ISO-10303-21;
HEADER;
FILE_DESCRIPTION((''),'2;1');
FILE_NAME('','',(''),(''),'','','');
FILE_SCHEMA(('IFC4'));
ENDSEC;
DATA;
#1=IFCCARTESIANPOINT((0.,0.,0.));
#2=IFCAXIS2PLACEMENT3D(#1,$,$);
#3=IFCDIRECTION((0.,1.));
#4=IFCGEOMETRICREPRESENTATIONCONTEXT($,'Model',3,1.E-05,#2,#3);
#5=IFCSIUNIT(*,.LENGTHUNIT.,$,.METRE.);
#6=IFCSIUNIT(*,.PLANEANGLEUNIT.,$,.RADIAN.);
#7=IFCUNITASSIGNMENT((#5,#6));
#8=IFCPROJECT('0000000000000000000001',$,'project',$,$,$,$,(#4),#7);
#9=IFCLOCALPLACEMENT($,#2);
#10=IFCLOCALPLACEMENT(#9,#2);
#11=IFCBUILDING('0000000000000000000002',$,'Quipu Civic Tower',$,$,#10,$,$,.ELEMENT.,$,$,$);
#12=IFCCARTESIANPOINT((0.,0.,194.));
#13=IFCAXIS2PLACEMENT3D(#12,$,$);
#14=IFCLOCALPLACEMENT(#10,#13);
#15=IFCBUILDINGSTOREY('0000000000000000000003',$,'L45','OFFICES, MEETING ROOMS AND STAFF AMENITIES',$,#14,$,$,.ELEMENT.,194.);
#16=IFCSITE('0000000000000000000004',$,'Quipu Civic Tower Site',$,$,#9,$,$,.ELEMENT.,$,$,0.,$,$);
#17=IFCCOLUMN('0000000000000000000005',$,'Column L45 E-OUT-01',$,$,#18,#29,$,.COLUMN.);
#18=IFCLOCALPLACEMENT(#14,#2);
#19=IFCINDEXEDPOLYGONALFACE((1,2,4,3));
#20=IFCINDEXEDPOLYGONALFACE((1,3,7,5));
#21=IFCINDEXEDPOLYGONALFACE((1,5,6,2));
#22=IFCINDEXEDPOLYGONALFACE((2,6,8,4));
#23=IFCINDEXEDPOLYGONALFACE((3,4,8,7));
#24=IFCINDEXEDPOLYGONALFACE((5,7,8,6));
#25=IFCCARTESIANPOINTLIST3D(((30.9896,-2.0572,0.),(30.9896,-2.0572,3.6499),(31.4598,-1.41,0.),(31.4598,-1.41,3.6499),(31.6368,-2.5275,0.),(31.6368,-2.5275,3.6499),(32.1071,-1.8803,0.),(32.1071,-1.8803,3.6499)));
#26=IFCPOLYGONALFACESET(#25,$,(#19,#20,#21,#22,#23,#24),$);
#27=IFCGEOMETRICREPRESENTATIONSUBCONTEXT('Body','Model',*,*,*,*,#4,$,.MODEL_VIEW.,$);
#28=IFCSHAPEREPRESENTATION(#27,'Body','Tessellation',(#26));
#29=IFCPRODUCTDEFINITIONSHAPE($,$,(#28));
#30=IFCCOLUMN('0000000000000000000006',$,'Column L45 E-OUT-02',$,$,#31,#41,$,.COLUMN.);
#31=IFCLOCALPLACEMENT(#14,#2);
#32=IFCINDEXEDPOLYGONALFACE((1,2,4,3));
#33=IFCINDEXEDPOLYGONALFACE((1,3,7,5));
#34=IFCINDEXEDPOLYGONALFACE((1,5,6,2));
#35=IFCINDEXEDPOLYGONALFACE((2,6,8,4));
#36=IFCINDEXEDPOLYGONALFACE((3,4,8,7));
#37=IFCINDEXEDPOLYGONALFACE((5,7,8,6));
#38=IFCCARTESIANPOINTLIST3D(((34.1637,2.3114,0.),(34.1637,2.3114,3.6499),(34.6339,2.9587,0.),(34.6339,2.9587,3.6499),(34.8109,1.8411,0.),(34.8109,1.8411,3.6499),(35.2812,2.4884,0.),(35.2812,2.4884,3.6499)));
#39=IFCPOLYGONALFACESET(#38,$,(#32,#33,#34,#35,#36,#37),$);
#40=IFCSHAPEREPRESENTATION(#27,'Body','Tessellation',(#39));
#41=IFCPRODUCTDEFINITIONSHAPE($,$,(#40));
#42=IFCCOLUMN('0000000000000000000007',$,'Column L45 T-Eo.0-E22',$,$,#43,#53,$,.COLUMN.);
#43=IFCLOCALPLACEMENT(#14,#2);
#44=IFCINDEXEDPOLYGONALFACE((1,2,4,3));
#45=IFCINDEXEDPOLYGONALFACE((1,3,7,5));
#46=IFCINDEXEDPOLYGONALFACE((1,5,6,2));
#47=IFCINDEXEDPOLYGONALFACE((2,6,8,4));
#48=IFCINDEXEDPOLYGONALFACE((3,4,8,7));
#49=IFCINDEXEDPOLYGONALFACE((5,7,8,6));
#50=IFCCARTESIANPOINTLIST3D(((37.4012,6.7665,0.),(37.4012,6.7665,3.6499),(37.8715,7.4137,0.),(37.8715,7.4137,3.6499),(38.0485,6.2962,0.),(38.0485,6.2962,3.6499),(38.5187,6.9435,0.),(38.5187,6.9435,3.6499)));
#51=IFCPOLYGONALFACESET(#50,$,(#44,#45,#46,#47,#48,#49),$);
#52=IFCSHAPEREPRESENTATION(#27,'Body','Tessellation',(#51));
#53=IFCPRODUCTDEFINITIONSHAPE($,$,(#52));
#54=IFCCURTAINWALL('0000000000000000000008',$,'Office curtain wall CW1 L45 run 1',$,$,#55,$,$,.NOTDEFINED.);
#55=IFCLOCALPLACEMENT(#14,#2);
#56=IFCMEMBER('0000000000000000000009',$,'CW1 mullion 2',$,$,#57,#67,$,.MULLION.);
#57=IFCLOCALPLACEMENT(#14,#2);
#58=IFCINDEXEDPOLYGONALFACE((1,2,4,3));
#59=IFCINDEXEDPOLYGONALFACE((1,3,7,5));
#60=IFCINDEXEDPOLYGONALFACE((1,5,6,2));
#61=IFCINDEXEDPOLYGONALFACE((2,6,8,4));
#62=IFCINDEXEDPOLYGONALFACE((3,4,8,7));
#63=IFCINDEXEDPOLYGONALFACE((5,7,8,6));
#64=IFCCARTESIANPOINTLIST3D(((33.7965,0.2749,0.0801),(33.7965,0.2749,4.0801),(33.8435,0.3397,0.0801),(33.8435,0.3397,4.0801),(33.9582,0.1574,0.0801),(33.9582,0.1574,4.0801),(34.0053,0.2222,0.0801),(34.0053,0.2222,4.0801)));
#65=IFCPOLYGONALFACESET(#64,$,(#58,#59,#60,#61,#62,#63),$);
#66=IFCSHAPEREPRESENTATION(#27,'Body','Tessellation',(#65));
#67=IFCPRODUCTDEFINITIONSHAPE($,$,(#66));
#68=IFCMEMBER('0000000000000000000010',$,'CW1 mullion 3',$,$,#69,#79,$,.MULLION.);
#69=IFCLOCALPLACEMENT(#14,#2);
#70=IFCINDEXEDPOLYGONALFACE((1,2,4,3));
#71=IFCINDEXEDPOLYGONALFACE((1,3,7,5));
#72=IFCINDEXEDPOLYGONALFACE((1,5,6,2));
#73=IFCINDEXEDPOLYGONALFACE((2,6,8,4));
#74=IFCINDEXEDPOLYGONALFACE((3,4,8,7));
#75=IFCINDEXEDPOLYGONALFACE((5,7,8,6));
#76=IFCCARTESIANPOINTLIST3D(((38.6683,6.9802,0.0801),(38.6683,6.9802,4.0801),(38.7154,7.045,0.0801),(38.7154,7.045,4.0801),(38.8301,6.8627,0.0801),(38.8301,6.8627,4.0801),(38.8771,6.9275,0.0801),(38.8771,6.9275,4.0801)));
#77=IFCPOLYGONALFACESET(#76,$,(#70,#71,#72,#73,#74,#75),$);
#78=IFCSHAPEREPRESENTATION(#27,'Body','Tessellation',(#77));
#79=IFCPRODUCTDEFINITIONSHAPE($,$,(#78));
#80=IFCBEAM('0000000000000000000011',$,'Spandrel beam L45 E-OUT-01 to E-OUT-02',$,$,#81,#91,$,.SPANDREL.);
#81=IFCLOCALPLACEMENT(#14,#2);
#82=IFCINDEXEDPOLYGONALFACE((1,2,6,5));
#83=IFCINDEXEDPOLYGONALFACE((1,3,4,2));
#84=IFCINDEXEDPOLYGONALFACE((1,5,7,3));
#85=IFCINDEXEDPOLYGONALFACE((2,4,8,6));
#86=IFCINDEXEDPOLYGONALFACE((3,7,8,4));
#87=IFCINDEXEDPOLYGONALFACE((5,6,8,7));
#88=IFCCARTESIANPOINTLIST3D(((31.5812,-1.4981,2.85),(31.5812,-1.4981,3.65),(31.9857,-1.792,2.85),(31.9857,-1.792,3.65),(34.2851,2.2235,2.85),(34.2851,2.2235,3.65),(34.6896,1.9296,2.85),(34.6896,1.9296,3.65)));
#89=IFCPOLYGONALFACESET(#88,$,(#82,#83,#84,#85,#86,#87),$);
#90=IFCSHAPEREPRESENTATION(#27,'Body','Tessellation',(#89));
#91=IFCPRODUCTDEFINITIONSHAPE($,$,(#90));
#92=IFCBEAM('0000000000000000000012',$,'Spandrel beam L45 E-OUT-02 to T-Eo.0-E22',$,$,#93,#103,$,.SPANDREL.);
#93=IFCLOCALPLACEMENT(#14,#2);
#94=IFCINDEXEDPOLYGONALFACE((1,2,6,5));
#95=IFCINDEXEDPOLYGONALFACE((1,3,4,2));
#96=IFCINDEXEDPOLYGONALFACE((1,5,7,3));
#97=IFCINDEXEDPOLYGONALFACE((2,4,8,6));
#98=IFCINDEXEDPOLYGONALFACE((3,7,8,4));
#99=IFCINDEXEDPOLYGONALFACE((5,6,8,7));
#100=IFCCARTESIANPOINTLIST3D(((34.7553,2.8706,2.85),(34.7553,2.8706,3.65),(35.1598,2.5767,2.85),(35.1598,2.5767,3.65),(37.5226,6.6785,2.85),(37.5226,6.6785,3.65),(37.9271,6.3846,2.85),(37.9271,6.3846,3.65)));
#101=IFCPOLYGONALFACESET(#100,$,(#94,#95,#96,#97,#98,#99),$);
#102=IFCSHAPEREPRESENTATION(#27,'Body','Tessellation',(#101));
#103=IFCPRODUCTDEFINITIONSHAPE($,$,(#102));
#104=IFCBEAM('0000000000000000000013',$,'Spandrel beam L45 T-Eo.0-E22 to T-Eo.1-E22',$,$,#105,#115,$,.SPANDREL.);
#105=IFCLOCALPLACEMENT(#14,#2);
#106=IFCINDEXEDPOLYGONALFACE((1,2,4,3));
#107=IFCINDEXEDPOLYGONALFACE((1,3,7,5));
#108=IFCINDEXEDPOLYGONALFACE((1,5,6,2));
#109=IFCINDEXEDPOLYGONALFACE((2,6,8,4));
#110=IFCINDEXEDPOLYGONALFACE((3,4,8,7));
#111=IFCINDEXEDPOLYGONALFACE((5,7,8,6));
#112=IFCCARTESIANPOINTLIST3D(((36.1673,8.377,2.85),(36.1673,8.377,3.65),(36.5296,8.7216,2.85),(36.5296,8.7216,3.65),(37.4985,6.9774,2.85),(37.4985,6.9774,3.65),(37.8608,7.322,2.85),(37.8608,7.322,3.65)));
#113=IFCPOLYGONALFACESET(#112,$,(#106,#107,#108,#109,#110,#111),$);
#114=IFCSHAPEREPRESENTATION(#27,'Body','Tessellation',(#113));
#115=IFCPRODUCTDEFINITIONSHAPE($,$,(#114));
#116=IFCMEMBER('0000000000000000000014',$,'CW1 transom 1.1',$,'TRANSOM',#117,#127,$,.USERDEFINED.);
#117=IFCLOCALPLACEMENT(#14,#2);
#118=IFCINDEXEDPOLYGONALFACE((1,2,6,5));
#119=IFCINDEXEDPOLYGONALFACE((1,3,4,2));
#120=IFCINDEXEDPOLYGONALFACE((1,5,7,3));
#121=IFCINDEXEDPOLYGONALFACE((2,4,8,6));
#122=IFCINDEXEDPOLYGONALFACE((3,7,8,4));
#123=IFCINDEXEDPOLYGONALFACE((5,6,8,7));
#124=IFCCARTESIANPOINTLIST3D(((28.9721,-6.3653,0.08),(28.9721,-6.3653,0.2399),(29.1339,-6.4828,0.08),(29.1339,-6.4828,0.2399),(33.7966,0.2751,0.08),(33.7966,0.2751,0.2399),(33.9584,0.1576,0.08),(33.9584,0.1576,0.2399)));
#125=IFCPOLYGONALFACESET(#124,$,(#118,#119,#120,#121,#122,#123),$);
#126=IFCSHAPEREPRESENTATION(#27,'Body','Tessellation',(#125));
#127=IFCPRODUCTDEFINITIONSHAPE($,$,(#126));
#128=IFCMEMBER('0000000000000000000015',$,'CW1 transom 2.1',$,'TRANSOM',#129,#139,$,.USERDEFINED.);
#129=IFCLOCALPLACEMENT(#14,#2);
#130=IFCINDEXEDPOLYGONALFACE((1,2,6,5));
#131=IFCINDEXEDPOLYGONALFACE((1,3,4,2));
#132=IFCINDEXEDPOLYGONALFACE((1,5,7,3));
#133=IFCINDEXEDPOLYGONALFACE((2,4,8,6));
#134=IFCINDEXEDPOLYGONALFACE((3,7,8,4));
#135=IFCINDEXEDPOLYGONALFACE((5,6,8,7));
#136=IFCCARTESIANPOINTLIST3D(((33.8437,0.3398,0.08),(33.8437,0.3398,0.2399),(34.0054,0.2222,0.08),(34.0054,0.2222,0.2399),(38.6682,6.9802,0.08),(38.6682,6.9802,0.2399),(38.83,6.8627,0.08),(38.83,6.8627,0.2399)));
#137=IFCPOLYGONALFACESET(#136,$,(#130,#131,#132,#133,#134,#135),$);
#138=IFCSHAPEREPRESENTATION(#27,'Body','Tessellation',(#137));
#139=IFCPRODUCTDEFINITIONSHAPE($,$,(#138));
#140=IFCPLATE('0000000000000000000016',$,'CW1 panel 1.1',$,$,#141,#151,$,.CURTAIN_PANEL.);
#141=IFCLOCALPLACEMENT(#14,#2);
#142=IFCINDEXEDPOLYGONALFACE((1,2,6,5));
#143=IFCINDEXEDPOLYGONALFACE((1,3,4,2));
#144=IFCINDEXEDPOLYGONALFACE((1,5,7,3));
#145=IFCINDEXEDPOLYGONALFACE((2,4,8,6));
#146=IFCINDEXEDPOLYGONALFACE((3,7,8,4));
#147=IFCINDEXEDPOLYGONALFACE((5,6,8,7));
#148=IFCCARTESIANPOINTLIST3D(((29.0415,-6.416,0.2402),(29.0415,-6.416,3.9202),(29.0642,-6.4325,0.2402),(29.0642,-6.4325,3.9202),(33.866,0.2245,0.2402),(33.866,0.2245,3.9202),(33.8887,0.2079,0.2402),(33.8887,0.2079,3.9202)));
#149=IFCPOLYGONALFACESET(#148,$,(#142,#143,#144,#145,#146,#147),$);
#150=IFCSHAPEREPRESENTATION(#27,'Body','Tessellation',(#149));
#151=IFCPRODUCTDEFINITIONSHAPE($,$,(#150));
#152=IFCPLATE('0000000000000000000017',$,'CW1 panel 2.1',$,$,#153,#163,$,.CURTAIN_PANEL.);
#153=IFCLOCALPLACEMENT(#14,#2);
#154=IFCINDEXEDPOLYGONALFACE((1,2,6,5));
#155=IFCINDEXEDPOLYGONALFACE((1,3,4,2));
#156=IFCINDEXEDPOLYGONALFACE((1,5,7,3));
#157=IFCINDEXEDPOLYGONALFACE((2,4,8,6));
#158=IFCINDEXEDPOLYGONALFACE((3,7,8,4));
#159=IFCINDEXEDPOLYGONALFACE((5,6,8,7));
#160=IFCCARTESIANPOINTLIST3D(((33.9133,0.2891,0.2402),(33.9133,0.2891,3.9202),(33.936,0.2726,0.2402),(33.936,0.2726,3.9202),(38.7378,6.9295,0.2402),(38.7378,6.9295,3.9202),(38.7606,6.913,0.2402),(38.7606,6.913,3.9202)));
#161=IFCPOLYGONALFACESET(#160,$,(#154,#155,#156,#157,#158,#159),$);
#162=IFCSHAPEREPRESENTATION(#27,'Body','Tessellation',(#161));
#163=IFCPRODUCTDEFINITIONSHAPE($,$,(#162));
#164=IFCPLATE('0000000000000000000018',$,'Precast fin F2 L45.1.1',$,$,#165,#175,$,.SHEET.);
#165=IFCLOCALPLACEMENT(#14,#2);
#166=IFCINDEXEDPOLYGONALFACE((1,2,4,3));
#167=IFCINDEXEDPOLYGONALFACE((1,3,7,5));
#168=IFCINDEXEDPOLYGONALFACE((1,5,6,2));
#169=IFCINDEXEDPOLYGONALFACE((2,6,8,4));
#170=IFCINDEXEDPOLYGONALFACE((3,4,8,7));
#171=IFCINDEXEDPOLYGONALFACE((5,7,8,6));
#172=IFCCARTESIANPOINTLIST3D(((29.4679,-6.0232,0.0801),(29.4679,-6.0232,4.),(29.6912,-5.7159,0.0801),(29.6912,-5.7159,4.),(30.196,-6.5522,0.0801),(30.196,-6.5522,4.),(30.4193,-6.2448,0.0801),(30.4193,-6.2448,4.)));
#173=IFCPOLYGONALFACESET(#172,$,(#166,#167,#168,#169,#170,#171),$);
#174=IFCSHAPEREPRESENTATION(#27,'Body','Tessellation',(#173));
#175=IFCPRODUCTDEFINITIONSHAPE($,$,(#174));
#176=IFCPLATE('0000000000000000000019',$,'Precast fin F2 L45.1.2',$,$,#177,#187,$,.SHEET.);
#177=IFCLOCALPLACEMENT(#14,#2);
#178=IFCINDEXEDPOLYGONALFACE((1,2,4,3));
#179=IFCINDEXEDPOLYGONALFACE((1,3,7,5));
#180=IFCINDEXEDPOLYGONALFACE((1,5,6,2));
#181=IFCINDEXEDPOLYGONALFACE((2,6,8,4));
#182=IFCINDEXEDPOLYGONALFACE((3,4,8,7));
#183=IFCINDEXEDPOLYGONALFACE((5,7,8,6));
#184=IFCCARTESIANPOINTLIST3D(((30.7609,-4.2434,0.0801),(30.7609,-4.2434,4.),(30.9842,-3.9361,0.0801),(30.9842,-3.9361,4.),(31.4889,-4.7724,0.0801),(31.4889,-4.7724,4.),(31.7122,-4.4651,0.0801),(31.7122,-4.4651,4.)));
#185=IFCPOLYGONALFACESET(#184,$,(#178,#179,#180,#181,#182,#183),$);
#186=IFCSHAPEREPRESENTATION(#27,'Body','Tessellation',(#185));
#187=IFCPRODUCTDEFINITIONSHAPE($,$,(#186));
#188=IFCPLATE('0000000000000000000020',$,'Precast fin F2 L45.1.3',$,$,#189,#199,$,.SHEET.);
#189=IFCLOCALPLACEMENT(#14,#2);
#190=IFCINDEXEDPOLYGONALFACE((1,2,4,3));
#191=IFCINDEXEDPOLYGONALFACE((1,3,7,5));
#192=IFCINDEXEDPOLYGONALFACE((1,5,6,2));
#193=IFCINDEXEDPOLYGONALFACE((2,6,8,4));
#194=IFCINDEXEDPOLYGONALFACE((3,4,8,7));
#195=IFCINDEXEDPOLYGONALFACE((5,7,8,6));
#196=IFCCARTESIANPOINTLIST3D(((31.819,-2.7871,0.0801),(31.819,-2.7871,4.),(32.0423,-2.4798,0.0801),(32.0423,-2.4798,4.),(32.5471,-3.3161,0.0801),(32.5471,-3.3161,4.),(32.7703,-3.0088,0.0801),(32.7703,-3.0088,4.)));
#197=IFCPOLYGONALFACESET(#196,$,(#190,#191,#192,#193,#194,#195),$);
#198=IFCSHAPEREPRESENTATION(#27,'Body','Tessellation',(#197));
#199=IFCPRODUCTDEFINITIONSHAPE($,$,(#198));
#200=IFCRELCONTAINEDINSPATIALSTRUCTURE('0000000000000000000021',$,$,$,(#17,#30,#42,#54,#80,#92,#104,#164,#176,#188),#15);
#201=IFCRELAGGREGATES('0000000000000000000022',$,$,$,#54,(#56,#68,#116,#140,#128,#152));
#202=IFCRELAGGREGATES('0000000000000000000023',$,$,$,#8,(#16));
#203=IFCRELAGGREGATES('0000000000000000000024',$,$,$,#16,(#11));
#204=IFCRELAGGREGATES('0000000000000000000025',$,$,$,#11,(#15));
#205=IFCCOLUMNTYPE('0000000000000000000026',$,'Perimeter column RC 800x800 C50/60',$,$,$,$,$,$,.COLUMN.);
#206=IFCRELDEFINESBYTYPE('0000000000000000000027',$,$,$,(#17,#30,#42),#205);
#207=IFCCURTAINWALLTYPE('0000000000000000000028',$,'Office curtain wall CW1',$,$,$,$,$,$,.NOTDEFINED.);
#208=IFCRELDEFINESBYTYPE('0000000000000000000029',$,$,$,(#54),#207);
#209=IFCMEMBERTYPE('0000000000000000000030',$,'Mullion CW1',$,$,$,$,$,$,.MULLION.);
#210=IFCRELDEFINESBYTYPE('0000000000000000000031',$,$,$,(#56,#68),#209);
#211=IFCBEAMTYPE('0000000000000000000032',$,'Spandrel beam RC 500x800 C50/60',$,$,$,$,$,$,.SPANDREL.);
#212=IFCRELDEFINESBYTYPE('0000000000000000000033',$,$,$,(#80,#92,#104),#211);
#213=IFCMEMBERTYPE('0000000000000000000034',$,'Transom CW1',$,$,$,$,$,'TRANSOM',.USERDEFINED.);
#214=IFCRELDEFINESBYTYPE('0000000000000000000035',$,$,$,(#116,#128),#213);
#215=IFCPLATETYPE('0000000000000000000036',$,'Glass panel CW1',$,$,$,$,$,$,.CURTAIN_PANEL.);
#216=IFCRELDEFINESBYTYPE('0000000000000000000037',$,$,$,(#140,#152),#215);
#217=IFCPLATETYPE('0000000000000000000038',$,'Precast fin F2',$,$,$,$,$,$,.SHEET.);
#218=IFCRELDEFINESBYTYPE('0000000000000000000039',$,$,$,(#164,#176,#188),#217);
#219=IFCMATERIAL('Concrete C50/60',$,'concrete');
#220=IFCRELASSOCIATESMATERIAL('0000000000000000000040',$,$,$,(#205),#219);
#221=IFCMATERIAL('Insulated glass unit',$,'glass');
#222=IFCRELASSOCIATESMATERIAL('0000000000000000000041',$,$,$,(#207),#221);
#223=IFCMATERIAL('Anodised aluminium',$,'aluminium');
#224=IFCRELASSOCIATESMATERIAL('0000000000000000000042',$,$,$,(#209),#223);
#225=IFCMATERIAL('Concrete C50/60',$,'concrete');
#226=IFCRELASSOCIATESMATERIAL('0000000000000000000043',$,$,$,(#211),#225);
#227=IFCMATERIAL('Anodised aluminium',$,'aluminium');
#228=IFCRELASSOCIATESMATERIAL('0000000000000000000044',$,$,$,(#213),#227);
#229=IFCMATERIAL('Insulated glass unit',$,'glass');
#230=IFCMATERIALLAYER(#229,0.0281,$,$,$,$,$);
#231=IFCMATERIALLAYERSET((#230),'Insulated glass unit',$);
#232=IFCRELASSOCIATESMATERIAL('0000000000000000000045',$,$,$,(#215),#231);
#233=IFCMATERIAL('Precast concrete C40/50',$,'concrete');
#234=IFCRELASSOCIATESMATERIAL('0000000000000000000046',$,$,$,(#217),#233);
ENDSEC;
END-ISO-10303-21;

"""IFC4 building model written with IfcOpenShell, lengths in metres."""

from ifc_helpers import new_model, si_unit, direction, frame, origin, origin_2d, place, context, subcontext, project, spatial, rectangle, extrude, material, layer, layer_set, material_profile, profile_set, type_object, element, aggregate, save


model = new_model("IFC4")

# Units and contexts
model_context = context("Model", 3, precision=1e-05, world=origin(), true_north=direction((0.0, 1.0)))
body_context = subcontext(model_context, "Body", "Model", "MODEL_VIEW")
ifc_project = project(units=[si_unit("LENGTHUNIT", "METRE"), si_unit("PLANEANGLEUNIT", "RADIAN")], contexts=[model_context])

# Site, building, storey
site_placement = place(None, origin())
site = spatial("IfcSite", under=ifc_project, at=site_placement, Name="Quipu Civic Tower Site", CompositionType="ELEMENT", RefElevation=0.0)
building_placement = place(site_placement, origin())
building = spatial("IfcBuilding", under=site, at=building_placement, Name="Quipu Civic Tower", CompositionType="ELEMENT")
storey_placement = place(building_placement, frame((0.0, 0.0, 194.0)))
storey = spatial("IfcBuildingStorey", under=building, at=storey_placement, Name="L45", Description="OFFICES, MEETING ROOMS AND STAFF AMENITIES", CompositionType="ELEMENT", Elevation=194.0)

# Columns
ifc_material_1 = material(Name="Concrete C50/60", Category="concrete")
ifc_material_profile_1 = material_profile(ifc_material_1, rectangle(XDim=0.8, YDim=0.8, at=origin_2d()), Name="RC800x800")
ifc_profile_set_1 = profile_set([ifc_material_profile_1], Name="Concrete C50/60")
column_type = type_object("IfcColumnType", Name="Perimeter column RC 800x800 C50/60", PredefinedType="COLUMN", material=ifc_profile_set_1)
for number, where, z_axis, x_axis, name in (
    (1, (31.5483, -1.9688, 0.0), (0.0, 0.0, 1.0), (0.587785, 0.809017, 0.0), "Column L45 E-OUT-01"),
    (2, (34.7224, 2.3999, 0.0), (0.0, 0.0, 1.0), (0.587785, 0.809017, 0.0), "Column L45 E-OUT-02"),
    (3, (37.96, 6.855, 0.0), (0.0, 0.0, 1.0), (0.587785, 0.809017, 0.0), "Column L45 T-Eo.0-E22"),
):
    element("IfcColumn", number, at=place(storey_placement, frame(where, z_axis=z_axis, x_axis=x_axis)), inside=storey, type_object=column_type, Name=name, PredefinedType="COLUMN", context=body_context, shape_type="SweptSolid", body=[
        extrude(rectangle(XDim=0.8, YDim=0.8, at=origin_2d()), origin(), (0.0, 0.0, 1.0), 3.6499),
    ])

# Curtain wall, members
ifc_material_2 = material(Name="Insulated glass unit", Category="glass")
curtain_wall_type = type_object("IfcCurtainWallType", Name="Office curtain wall CW1", PredefinedType="NOTDEFINED", material=ifc_material_2)
curtain_wall_placement = place(storey_placement, origin())
curtain_wall = element("IfcCurtainWall", 4, at=curtain_wall_placement, inside=storey, type_object=curtain_wall_type, Name="Office curtain wall CW1 L45 run 1", PredefinedType="NOTDEFINED")
ifc_material_3 = material(Name="Anodised aluminium", Category="aluminium")
ifc_material_profile_2 = material_profile(ifc_material_3, rectangle(XDim=0.2, YDim=0.0801, at=origin_2d()), Name="RECT 200x80")
ifc_profile_set_2 = profile_set([ifc_material_profile_2], Name="Anodised aluminium")
member_type_1 = type_object("IfcMemberType", Name="Mullion CW1", PredefinedType="MULLION", material=ifc_profile_set_2)
member_1_placement = place(storey_placement, frame((33.9009, 0.2485, 0.0801), z_axis=(0.0, 0.0, 1.0), x_axis=(-0.809016, 0.587787, 0.0)))
member_1 = element("IfcMember", 5, at=member_1_placement, type_object=member_type_1, Name="CW1 mullion 2", PredefinedType="MULLION", context=body_context, shape_type="SweptSolid", body=[
    extrude(rectangle(XDim=0.2, YDim=0.0801, at=origin_2d()), origin(), (0.0, 0.0, 1.0), 4.0),
])
member_2_placement = place(storey_placement, frame((38.7727, 6.9539, 0.0801), z_axis=(0.0, 0.0, 1.0), x_axis=(-0.809016, 0.587787, 0.0)))
member_2 = element("IfcMember", 6, at=member_2_placement, type_object=member_type_1, Name="CW1 mullion 3", PredefinedType="MULLION", context=body_context, shape_type="SweptSolid", body=[
    extrude(rectangle(XDim=0.2, YDim=0.0801, at=origin_2d()), origin(), (0.0, 0.0, 1.0), 4.0),
])

# Beams
ifc_material_4 = material(Name="Concrete C50/60", Category="concrete")
ifc_material_profile_3 = material_profile(ifc_material_4, rectangle(XDim=0.5, YDim=0.8, at=origin_2d()), Name="RC500x800")
ifc_profile_set_3 = profile_set([ifc_material_profile_3], Name="Concrete C50/60")
beam_type = type_object("IfcBeamType", Name="Spandrel beam RC 500x800 C50/60", PredefinedType="SPANDREL", material=ifc_profile_set_3)
beam_1_placement = place(storey_placement, frame((31.7834, -1.645, 3.25), z_axis=(0.587796, 0.809009, 0.0), x_axis=(-0.809009, 0.587796, 0.0)))
element("IfcBeam", 7, at=beam_1_placement, inside=storey, type_object=beam_type, Name="Spandrel beam L45 E-OUT-01 to E-OUT-02", PredefinedType="SPANDREL", context=body_context, shape_type="SweptSolid", body=[
    extrude(rectangle(XDim=0.5, YDim=0.8, at=origin_2d()), origin(), (0.0, 0.0, 1.0), 4.6001),
])
beam_2_placement = place(storey_placement, frame((34.9575, 2.7236, 3.25), z_axis=(0.587891, 0.80894, 0.0), x_axis=(-0.80894, 0.587891, 0.0)))
element("IfcBeam", 8, at=beam_2_placement, inside=storey, type_object=beam_type, Name="Spandrel beam L45 E-OUT-02 to T-Eo.0-E22", PredefinedType="SPANDREL", context=body_context, shape_type="SweptSolid", body=[
    extrude(rectangle(XDim=0.5, YDim=0.8, at=origin_2d()), origin(), (0.0, 0.0, 1.0), 4.7073),
])
beam_3_placement = place(storey_placement, frame((37.6797, 7.1497, 3.25), z_axis=(-0.689191, 0.72458, 0.0), x_axis=(-0.72458, -0.689191, 0.0)))
element("IfcBeam", 9, at=beam_3_placement, inside=storey, type_object=beam_type, Name="Spandrel beam L45 T-Eo.0-E22 to T-Eo.1-E22", PredefinedType="SPANDREL", context=body_context, shape_type="SweptSolid", body=[
    extrude(rectangle(XDim=0.5, YDim=0.8, at=origin_2d()), origin(), (0.0, 0.0, 1.0), 1.9316),
])

# Members
ifc_material_5 = material(Name="Anodised aluminium", Category="aluminium")
ifc_material_profile_4 = material_profile(ifc_material_5, rectangle(XDim=0.2, YDim=0.1599, at=origin_2d()), Name="RECT 200x160")
ifc_profile_set_4 = profile_set([ifc_material_profile_4], Name="Anodised aluminium")
member_type_2 = type_object("IfcMemberType", Name="Transom CW1", ElementType="TRANSOM", PredefinedType="USERDEFINED", material=ifc_profile_set_4)
member_3_placement = place(storey_placement, frame((29.053, -6.4241, 0.1599), z_axis=(0.587781, 0.80902, 0.0), x_axis=(-0.80902, 0.587781, 0.0)))
member_3 = element("IfcMember", 10, at=member_3_placement, type_object=member_type_2, Name="CW1 transom 1.1", ObjectType="TRANSOM", PredefinedType="USERDEFINED", context=body_context, shape_type="SweptSolid", body=[
    extrude(rectangle(XDim=0.2, YDim=0.1599, at=origin_2d()), origin(), (0.0, 0.0, 1.0), 8.208),
])
member_4_placement = place(storey_placement, frame((33.9246, 0.281, 0.1599), z_axis=(0.587781, 0.80902, 0.0), x_axis=(-0.80902, 0.587781, 0.0)))
member_4 = element("IfcMember", 11, at=member_4_placement, type_object=member_type_2, Name="CW1 transom 2.1", ObjectType="TRANSOM", PredefinedType="USERDEFINED", context=body_context, shape_type="SweptSolid", body=[
    extrude(rectangle(XDim=0.2, YDim=0.1599, at=origin_2d()), origin(), (0.0, 0.0, 1.0), 8.208),
])

# Plates
ifc_material_6 = material(Name="Insulated glass unit", Category="glass")
ifc_layer_1 = layer(ifc_material_6, 0.0281)
ifc_layer_set_1 = layer_set([ifc_layer_1], Name="Insulated glass unit")
plate_type_1 = type_object("IfcPlateType", Name="Glass panel CW1", PredefinedType="CURTAIN_PANEL", material=ifc_layer_set_1)
plate_1_placement = place(storey_placement, frame((31.4651, -3.104, 0.2402), z_axis=(0.0, 0.0, 1.0), x_axis=(0.587787, 0.809016, 0.0)))
plate_1 = element("IfcPlate", 12, at=plate_1_placement, type_object=plate_type_1, Name="CW1 panel 1.1", PredefinedType="CURTAIN_PANEL", context=body_context, shape_type="SweptSolid", body=[
    extrude(rectangle(XDim=8.208, YDim=0.0281, at=origin_2d()), origin(), (0.0, 0.0, 1.0), 3.6799),
])
plate_2_placement = place(storey_placement, frame((36.3369, 3.6011, 0.2402), z_axis=(0.0, 0.0, 1.0), x_axis=(0.587787, 0.809016, 0.0)))
plate_2 = element("IfcPlate", 13, at=plate_2_placement, type_object=plate_type_1, Name="CW1 panel 2.1", PredefinedType="CURTAIN_PANEL", context=body_context, shape_type="SweptSolid", body=[
    extrude(rectangle(XDim=8.208, YDim=0.0281, at=origin_2d()), origin(), (0.0, 0.0, 1.0), 3.6799),
])
aggregate(curtain_wall, [member_1, member_2, member_3, plate_1, member_4, plate_2])

# Plates
ifc_material_7 = material(Name="Precast concrete C40/50", Category="concrete")
plate_type_2 = type_object("IfcPlateType", Name="Precast fin F2", PredefinedType="SHEET", material=ifc_material_7)
for number, where, z_axis, x_axis, name in (
    (14, (29.9436, -6.134, 0.0801), (0.0, 0.0, 1.0), (0.587787, 0.809016, 0.0), "Precast fin F2 L45.1.1"),
    (15, (31.2366, -4.3542, 0.0801), (0.0, 0.0, 1.0), (0.587787, 0.809016, 0.0), "Precast fin F2 L45.1.2"),
    (16, (32.2947, -2.8979, 0.0801), (0.0, 0.0, 1.0), (0.587787, 0.809016, 0.0), "Precast fin F2 L45.1.3"),
):
    element("IfcPlate", number, at=place(storey_placement, frame(where, z_axis=z_axis, x_axis=x_axis)), inside=storey, type_object=plate_type_2, Name=name, PredefinedType="SHEET", context=body_context, shape_type="SweptSolid", body=[
        extrude(rectangle(XDim=0.3799, YDim=0.8999, at=origin_2d()), origin(), (0.0, 0.0, 1.0), 3.9199),
    ])

save(model, "model.ifc")
